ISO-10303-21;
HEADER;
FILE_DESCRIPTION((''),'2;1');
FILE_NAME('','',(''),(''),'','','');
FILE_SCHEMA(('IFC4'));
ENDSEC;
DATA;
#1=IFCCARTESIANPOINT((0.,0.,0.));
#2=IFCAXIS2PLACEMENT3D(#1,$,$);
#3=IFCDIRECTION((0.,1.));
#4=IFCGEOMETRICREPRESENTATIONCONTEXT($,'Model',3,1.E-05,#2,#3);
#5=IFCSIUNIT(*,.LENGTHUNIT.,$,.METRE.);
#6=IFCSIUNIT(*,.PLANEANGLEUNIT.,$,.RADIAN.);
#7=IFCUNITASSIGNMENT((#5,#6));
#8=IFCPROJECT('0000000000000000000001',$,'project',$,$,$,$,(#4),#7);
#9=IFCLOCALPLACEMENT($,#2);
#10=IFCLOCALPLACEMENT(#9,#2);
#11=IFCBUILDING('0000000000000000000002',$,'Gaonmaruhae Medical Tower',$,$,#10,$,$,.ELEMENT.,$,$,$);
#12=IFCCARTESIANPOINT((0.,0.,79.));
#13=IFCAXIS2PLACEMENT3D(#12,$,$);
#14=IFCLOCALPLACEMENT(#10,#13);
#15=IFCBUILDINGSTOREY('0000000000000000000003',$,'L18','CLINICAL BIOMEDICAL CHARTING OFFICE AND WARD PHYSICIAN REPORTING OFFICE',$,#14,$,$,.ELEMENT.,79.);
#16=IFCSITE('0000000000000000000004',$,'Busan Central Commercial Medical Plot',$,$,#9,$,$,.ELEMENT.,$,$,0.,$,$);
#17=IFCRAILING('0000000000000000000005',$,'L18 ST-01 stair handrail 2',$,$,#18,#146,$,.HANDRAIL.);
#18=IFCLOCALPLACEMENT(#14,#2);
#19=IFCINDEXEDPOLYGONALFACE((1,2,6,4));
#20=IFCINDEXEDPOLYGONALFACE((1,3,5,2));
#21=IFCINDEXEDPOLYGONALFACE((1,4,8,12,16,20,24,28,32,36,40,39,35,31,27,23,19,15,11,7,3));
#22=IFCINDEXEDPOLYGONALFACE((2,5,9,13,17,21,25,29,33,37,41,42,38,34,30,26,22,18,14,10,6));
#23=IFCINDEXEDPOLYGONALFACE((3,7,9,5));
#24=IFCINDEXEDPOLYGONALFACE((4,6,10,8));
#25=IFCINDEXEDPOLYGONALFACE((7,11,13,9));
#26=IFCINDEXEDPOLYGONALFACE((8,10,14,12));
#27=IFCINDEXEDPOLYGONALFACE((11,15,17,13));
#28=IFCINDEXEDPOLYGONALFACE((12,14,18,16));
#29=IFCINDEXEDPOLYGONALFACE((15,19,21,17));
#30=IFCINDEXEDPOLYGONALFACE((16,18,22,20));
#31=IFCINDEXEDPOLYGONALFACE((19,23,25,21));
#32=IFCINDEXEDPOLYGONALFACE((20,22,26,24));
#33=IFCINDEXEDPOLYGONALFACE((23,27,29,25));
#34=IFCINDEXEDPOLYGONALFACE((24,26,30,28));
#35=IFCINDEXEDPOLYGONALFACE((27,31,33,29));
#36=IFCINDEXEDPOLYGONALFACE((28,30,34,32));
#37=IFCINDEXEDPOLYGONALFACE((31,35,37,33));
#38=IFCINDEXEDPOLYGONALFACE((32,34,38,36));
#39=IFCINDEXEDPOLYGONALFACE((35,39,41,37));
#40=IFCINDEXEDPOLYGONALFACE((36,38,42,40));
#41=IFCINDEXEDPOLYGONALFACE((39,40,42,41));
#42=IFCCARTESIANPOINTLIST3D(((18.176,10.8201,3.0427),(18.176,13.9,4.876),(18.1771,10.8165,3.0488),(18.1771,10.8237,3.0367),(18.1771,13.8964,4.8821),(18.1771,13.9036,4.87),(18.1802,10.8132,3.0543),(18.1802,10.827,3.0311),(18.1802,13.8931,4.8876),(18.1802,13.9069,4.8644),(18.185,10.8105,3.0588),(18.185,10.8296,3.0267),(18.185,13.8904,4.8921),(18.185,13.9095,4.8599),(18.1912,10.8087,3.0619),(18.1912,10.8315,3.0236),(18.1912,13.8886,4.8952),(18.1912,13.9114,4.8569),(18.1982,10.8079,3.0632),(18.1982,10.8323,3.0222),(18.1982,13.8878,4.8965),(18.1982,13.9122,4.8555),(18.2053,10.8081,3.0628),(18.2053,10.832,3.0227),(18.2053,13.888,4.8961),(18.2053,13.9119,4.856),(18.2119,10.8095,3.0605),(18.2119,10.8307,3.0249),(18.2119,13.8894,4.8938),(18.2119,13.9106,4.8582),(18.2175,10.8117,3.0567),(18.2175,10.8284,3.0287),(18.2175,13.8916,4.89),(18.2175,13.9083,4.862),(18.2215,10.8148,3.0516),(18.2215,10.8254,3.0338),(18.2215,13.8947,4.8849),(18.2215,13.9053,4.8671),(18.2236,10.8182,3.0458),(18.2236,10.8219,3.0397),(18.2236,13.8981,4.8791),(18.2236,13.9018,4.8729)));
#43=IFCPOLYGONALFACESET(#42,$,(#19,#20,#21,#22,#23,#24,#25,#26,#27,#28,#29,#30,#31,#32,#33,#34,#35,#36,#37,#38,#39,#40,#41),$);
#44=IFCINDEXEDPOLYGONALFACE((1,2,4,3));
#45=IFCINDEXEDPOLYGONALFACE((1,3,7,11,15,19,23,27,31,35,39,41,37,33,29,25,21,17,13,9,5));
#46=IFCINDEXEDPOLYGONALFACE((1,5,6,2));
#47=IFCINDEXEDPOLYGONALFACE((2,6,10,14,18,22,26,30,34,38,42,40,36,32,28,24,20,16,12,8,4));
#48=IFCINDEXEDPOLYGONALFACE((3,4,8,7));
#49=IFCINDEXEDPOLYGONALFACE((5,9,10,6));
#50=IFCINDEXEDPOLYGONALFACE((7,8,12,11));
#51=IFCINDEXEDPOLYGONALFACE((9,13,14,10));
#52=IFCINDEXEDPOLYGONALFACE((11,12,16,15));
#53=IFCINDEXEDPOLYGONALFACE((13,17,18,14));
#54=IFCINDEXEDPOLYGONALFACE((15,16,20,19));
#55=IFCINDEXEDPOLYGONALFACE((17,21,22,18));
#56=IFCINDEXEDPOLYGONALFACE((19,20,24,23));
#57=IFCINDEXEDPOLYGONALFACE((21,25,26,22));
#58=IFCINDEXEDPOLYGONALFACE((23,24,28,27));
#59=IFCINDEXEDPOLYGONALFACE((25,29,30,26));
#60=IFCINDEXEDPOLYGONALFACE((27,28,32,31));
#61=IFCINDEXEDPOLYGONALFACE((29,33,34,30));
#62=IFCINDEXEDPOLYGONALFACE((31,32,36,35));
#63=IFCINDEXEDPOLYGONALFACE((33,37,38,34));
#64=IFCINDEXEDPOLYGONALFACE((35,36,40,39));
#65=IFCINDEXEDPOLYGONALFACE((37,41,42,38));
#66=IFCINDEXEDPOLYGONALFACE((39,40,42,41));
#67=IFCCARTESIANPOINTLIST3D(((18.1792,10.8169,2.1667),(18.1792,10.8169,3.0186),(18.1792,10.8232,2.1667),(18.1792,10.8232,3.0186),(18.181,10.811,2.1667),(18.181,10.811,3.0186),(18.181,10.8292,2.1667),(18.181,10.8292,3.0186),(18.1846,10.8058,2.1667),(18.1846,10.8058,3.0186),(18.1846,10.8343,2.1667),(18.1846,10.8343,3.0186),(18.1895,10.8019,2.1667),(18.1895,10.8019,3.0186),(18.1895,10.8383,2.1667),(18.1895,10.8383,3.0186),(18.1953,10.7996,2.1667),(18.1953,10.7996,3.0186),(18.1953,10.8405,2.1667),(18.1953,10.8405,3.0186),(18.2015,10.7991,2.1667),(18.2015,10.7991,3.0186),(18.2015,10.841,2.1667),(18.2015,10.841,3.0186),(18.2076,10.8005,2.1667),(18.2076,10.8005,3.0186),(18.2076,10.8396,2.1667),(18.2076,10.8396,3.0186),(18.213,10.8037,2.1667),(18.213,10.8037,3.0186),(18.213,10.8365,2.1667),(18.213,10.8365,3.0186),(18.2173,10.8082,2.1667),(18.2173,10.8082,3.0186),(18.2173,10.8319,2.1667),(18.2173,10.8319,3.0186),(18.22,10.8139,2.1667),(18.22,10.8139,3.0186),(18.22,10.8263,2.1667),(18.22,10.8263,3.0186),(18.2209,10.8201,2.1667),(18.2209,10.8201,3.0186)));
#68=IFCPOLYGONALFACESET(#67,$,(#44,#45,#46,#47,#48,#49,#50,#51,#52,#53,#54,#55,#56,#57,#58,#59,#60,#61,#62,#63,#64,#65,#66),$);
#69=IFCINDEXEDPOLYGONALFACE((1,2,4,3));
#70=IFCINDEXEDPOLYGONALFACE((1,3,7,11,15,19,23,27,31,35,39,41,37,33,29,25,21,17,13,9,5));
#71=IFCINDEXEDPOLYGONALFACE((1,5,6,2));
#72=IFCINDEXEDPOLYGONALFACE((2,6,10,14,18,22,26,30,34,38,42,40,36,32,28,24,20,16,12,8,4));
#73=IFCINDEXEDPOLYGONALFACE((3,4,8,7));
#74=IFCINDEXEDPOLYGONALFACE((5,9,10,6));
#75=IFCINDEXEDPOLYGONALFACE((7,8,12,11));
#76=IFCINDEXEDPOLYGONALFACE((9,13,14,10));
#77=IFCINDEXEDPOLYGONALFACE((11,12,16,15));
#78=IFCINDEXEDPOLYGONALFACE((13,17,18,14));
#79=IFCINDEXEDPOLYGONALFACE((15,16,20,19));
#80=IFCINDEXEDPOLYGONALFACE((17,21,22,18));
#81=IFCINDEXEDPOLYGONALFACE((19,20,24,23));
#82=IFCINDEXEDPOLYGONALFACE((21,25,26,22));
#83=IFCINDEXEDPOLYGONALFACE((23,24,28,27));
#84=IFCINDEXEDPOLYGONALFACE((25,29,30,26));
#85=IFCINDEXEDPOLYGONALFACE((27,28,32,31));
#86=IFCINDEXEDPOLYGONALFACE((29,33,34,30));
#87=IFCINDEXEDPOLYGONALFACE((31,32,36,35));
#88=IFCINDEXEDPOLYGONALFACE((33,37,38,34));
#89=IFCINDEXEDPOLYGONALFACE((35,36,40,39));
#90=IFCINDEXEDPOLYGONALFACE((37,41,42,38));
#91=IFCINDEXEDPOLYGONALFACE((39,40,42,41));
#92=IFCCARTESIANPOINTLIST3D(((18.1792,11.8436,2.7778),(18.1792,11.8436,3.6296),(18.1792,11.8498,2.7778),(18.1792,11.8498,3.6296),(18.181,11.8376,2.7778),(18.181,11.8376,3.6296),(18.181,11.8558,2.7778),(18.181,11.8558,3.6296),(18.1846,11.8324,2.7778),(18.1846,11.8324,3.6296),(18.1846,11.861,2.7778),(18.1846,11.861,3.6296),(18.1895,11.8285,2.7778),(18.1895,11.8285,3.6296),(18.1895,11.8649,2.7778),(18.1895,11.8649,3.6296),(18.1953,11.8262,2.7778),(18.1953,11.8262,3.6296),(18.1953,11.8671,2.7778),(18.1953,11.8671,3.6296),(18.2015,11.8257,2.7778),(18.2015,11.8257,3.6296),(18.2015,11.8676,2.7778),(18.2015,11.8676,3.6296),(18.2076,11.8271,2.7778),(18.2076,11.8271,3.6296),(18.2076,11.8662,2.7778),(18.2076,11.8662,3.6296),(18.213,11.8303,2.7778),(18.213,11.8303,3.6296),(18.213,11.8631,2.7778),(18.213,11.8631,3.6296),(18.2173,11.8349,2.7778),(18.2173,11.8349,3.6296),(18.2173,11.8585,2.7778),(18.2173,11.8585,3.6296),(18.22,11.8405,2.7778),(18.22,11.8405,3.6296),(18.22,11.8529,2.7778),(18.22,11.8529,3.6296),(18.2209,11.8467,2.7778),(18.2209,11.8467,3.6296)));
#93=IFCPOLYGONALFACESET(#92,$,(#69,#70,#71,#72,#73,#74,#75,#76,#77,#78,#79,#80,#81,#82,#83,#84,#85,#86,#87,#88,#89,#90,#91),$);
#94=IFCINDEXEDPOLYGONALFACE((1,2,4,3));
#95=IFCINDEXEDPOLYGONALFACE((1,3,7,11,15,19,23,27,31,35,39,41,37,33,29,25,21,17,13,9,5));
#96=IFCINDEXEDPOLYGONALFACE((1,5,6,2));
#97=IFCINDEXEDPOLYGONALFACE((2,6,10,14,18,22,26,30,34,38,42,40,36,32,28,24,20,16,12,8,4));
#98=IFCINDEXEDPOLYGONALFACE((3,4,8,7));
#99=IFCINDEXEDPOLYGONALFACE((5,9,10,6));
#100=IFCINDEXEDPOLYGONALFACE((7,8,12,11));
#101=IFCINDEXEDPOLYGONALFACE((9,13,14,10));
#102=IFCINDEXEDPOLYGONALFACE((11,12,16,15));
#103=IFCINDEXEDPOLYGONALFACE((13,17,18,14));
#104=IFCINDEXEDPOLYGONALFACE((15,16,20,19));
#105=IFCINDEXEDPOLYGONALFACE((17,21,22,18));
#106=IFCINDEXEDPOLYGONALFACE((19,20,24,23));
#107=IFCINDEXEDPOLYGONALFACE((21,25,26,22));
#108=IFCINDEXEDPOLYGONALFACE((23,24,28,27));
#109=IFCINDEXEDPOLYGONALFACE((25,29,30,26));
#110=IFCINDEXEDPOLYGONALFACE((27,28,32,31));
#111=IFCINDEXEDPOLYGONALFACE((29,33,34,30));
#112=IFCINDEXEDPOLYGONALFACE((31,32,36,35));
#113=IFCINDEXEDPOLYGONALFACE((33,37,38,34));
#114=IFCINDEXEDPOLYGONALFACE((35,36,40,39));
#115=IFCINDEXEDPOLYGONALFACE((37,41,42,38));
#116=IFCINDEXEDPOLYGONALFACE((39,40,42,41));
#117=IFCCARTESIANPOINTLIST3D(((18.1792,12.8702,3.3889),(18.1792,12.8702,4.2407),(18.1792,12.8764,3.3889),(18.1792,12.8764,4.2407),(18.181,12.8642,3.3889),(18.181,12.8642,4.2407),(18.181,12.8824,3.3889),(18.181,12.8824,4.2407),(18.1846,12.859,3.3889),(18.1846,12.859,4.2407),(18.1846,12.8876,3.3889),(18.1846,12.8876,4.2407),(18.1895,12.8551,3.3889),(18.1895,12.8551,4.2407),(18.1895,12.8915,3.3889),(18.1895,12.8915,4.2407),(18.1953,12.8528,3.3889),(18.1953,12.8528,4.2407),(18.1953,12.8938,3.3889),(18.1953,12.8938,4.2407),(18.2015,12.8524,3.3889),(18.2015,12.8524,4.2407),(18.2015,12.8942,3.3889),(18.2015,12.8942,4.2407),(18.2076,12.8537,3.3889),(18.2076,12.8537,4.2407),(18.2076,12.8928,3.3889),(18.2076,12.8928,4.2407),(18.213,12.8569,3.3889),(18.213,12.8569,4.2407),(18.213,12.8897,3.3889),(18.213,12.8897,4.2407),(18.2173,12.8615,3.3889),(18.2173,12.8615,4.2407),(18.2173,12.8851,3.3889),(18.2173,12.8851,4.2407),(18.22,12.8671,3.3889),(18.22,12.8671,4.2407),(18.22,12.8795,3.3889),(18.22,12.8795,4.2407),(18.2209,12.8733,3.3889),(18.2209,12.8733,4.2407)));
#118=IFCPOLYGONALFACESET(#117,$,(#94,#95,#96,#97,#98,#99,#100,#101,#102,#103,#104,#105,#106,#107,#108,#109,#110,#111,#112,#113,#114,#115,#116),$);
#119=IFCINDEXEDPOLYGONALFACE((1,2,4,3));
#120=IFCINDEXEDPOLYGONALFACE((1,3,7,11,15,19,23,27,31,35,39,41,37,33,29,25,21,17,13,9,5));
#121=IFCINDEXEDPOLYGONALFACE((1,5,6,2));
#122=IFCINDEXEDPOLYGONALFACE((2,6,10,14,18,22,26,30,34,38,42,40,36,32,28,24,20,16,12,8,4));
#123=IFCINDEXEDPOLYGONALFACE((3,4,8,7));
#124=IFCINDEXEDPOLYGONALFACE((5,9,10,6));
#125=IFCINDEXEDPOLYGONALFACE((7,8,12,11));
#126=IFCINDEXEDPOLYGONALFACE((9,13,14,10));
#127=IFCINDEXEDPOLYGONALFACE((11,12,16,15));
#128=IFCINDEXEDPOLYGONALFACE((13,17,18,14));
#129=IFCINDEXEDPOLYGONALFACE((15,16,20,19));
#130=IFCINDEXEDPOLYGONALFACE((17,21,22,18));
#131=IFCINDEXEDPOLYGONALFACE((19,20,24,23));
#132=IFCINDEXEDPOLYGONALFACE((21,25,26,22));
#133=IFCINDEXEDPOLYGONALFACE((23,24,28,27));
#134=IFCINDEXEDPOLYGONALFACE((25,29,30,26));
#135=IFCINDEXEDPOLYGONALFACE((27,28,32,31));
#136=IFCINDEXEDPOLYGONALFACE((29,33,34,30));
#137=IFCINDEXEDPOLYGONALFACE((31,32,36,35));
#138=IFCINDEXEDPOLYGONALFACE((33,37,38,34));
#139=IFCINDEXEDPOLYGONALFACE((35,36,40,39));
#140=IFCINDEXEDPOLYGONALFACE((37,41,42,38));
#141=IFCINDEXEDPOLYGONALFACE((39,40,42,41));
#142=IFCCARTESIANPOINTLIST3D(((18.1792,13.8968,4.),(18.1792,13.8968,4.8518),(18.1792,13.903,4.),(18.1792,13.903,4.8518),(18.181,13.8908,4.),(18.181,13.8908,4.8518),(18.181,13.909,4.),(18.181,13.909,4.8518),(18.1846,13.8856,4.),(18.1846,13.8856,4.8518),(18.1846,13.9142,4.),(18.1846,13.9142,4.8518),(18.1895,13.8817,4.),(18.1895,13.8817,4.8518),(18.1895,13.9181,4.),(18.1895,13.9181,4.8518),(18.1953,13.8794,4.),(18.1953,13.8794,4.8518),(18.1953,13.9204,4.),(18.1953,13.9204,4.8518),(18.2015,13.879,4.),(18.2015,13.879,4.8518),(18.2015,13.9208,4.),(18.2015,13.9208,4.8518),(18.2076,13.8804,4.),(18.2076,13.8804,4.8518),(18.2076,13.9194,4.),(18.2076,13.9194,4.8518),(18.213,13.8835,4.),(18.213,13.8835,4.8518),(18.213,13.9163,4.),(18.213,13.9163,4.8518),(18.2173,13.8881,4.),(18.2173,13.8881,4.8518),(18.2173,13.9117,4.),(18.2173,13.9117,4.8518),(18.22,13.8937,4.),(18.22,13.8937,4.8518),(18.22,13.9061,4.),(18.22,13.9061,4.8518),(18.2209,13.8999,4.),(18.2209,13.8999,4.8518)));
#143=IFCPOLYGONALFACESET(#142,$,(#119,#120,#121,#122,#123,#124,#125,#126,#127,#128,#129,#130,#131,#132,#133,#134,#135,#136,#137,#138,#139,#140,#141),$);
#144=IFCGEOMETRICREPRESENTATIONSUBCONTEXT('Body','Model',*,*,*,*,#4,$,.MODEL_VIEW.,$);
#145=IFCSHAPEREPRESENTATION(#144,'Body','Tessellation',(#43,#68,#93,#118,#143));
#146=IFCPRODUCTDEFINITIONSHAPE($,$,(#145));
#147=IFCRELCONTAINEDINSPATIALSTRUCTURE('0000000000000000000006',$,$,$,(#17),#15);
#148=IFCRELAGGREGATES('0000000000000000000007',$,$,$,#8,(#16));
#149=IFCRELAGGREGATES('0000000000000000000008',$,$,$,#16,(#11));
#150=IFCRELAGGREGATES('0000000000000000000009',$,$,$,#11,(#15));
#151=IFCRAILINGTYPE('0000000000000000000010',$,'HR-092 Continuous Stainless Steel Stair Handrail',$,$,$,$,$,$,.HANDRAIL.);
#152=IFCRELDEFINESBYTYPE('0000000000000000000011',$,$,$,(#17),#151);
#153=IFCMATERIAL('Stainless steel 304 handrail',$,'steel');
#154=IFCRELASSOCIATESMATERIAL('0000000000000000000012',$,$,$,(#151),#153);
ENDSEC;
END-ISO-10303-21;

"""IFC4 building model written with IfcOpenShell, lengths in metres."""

from ifc_helpers import new_model, si_unit, direction, frame, origin, origin_2d, place, context, subcontext, project, spatial, circle, extrude, material, type_object, element, save


model = new_model("IFC4")

# Units and contexts
model_context = context("Model", 3, precision=1e-05, world=origin(), true_north=direction((0.0, 1.0)))
body_context = subcontext(model_context, "Body", "Model", "MODEL_VIEW")
ifc_project = project(units=[si_unit("LENGTHUNIT", "METRE"), si_unit("PLANEANGLEUNIT", "RADIAN")], contexts=[model_context])

# Site, building, storey
site_placement = place(None, origin())
site = spatial("IfcSite", under=ifc_project, at=site_placement, Name="Busan Central Commercial Medical Plot", CompositionType="ELEMENT", RefElevation=0.0)
building_placement = place(site_placement, origin())
building = spatial("IfcBuilding", under=site, at=building_placement, Name="Gaonmaruhae Medical Tower", CompositionType="ELEMENT")
storey_placement = place(building_placement, frame((0.0, 0.0, 79.0)))
storey = spatial("IfcBuildingStorey", under=building, at=storey_placement, Name="L18", Description="CLINICAL BIOMEDICAL CHARTING OFFICE AND WARD PHYSICIAN REPORTING OFFICE", CompositionType="ELEMENT", Elevation=79.0)

# Railing
ifc_material_1 = material(Name="Stainless steel 304 handrail", Category="steel")
railing_type_1 = type_object("IfcRailingType", Name="HR-092 Continuous Stainless Steel Stair Handrail", PredefinedType="HANDRAIL", material=ifc_material_1)
railing_1_placement = place(storey_placement, frame((18.2, 10.8201, 2.1667)))
element("IfcRailing", 1, at=railing_1_placement, inside=storey, type_object=railing_type_1, Name="L18 ST-01 stair handrail 2", PredefinedType="HANDRAIL", context=body_context, shape_type="SweptSolid", body=[
    extrude(circle(Radius=0.0239, at=origin_2d()), frame((0.0, 0.0, 0.876), z_axis=(0.0, 0.859291, 0.511487), x_axis=(-1.0, 0.0, 0.0)), (0.0, 0.0, 1.0), 3.5842),
    extrude(circle(Radius=0.021, at=origin_2d()), origin(), (0.0, 0.0, 1.0), 0.8518),
    extrude(circle(Radius=0.021, at=origin_2d()), frame((0.0, 1.0266, 0.6111)), (0.0, 0.0, 1.0), 0.8518),
    extrude(circle(Radius=0.021, at=origin_2d()), frame((0.0, 2.0532, 1.2222)), (0.0, 0.0, 1.0), 0.8518),
    extrude(circle(Radius=0.021, at=origin_2d()), frame((0.0, 3.0798, 1.8333)), (0.0, 0.0, 1.0), 0.8518),
])

save(model, "model.ifc")
